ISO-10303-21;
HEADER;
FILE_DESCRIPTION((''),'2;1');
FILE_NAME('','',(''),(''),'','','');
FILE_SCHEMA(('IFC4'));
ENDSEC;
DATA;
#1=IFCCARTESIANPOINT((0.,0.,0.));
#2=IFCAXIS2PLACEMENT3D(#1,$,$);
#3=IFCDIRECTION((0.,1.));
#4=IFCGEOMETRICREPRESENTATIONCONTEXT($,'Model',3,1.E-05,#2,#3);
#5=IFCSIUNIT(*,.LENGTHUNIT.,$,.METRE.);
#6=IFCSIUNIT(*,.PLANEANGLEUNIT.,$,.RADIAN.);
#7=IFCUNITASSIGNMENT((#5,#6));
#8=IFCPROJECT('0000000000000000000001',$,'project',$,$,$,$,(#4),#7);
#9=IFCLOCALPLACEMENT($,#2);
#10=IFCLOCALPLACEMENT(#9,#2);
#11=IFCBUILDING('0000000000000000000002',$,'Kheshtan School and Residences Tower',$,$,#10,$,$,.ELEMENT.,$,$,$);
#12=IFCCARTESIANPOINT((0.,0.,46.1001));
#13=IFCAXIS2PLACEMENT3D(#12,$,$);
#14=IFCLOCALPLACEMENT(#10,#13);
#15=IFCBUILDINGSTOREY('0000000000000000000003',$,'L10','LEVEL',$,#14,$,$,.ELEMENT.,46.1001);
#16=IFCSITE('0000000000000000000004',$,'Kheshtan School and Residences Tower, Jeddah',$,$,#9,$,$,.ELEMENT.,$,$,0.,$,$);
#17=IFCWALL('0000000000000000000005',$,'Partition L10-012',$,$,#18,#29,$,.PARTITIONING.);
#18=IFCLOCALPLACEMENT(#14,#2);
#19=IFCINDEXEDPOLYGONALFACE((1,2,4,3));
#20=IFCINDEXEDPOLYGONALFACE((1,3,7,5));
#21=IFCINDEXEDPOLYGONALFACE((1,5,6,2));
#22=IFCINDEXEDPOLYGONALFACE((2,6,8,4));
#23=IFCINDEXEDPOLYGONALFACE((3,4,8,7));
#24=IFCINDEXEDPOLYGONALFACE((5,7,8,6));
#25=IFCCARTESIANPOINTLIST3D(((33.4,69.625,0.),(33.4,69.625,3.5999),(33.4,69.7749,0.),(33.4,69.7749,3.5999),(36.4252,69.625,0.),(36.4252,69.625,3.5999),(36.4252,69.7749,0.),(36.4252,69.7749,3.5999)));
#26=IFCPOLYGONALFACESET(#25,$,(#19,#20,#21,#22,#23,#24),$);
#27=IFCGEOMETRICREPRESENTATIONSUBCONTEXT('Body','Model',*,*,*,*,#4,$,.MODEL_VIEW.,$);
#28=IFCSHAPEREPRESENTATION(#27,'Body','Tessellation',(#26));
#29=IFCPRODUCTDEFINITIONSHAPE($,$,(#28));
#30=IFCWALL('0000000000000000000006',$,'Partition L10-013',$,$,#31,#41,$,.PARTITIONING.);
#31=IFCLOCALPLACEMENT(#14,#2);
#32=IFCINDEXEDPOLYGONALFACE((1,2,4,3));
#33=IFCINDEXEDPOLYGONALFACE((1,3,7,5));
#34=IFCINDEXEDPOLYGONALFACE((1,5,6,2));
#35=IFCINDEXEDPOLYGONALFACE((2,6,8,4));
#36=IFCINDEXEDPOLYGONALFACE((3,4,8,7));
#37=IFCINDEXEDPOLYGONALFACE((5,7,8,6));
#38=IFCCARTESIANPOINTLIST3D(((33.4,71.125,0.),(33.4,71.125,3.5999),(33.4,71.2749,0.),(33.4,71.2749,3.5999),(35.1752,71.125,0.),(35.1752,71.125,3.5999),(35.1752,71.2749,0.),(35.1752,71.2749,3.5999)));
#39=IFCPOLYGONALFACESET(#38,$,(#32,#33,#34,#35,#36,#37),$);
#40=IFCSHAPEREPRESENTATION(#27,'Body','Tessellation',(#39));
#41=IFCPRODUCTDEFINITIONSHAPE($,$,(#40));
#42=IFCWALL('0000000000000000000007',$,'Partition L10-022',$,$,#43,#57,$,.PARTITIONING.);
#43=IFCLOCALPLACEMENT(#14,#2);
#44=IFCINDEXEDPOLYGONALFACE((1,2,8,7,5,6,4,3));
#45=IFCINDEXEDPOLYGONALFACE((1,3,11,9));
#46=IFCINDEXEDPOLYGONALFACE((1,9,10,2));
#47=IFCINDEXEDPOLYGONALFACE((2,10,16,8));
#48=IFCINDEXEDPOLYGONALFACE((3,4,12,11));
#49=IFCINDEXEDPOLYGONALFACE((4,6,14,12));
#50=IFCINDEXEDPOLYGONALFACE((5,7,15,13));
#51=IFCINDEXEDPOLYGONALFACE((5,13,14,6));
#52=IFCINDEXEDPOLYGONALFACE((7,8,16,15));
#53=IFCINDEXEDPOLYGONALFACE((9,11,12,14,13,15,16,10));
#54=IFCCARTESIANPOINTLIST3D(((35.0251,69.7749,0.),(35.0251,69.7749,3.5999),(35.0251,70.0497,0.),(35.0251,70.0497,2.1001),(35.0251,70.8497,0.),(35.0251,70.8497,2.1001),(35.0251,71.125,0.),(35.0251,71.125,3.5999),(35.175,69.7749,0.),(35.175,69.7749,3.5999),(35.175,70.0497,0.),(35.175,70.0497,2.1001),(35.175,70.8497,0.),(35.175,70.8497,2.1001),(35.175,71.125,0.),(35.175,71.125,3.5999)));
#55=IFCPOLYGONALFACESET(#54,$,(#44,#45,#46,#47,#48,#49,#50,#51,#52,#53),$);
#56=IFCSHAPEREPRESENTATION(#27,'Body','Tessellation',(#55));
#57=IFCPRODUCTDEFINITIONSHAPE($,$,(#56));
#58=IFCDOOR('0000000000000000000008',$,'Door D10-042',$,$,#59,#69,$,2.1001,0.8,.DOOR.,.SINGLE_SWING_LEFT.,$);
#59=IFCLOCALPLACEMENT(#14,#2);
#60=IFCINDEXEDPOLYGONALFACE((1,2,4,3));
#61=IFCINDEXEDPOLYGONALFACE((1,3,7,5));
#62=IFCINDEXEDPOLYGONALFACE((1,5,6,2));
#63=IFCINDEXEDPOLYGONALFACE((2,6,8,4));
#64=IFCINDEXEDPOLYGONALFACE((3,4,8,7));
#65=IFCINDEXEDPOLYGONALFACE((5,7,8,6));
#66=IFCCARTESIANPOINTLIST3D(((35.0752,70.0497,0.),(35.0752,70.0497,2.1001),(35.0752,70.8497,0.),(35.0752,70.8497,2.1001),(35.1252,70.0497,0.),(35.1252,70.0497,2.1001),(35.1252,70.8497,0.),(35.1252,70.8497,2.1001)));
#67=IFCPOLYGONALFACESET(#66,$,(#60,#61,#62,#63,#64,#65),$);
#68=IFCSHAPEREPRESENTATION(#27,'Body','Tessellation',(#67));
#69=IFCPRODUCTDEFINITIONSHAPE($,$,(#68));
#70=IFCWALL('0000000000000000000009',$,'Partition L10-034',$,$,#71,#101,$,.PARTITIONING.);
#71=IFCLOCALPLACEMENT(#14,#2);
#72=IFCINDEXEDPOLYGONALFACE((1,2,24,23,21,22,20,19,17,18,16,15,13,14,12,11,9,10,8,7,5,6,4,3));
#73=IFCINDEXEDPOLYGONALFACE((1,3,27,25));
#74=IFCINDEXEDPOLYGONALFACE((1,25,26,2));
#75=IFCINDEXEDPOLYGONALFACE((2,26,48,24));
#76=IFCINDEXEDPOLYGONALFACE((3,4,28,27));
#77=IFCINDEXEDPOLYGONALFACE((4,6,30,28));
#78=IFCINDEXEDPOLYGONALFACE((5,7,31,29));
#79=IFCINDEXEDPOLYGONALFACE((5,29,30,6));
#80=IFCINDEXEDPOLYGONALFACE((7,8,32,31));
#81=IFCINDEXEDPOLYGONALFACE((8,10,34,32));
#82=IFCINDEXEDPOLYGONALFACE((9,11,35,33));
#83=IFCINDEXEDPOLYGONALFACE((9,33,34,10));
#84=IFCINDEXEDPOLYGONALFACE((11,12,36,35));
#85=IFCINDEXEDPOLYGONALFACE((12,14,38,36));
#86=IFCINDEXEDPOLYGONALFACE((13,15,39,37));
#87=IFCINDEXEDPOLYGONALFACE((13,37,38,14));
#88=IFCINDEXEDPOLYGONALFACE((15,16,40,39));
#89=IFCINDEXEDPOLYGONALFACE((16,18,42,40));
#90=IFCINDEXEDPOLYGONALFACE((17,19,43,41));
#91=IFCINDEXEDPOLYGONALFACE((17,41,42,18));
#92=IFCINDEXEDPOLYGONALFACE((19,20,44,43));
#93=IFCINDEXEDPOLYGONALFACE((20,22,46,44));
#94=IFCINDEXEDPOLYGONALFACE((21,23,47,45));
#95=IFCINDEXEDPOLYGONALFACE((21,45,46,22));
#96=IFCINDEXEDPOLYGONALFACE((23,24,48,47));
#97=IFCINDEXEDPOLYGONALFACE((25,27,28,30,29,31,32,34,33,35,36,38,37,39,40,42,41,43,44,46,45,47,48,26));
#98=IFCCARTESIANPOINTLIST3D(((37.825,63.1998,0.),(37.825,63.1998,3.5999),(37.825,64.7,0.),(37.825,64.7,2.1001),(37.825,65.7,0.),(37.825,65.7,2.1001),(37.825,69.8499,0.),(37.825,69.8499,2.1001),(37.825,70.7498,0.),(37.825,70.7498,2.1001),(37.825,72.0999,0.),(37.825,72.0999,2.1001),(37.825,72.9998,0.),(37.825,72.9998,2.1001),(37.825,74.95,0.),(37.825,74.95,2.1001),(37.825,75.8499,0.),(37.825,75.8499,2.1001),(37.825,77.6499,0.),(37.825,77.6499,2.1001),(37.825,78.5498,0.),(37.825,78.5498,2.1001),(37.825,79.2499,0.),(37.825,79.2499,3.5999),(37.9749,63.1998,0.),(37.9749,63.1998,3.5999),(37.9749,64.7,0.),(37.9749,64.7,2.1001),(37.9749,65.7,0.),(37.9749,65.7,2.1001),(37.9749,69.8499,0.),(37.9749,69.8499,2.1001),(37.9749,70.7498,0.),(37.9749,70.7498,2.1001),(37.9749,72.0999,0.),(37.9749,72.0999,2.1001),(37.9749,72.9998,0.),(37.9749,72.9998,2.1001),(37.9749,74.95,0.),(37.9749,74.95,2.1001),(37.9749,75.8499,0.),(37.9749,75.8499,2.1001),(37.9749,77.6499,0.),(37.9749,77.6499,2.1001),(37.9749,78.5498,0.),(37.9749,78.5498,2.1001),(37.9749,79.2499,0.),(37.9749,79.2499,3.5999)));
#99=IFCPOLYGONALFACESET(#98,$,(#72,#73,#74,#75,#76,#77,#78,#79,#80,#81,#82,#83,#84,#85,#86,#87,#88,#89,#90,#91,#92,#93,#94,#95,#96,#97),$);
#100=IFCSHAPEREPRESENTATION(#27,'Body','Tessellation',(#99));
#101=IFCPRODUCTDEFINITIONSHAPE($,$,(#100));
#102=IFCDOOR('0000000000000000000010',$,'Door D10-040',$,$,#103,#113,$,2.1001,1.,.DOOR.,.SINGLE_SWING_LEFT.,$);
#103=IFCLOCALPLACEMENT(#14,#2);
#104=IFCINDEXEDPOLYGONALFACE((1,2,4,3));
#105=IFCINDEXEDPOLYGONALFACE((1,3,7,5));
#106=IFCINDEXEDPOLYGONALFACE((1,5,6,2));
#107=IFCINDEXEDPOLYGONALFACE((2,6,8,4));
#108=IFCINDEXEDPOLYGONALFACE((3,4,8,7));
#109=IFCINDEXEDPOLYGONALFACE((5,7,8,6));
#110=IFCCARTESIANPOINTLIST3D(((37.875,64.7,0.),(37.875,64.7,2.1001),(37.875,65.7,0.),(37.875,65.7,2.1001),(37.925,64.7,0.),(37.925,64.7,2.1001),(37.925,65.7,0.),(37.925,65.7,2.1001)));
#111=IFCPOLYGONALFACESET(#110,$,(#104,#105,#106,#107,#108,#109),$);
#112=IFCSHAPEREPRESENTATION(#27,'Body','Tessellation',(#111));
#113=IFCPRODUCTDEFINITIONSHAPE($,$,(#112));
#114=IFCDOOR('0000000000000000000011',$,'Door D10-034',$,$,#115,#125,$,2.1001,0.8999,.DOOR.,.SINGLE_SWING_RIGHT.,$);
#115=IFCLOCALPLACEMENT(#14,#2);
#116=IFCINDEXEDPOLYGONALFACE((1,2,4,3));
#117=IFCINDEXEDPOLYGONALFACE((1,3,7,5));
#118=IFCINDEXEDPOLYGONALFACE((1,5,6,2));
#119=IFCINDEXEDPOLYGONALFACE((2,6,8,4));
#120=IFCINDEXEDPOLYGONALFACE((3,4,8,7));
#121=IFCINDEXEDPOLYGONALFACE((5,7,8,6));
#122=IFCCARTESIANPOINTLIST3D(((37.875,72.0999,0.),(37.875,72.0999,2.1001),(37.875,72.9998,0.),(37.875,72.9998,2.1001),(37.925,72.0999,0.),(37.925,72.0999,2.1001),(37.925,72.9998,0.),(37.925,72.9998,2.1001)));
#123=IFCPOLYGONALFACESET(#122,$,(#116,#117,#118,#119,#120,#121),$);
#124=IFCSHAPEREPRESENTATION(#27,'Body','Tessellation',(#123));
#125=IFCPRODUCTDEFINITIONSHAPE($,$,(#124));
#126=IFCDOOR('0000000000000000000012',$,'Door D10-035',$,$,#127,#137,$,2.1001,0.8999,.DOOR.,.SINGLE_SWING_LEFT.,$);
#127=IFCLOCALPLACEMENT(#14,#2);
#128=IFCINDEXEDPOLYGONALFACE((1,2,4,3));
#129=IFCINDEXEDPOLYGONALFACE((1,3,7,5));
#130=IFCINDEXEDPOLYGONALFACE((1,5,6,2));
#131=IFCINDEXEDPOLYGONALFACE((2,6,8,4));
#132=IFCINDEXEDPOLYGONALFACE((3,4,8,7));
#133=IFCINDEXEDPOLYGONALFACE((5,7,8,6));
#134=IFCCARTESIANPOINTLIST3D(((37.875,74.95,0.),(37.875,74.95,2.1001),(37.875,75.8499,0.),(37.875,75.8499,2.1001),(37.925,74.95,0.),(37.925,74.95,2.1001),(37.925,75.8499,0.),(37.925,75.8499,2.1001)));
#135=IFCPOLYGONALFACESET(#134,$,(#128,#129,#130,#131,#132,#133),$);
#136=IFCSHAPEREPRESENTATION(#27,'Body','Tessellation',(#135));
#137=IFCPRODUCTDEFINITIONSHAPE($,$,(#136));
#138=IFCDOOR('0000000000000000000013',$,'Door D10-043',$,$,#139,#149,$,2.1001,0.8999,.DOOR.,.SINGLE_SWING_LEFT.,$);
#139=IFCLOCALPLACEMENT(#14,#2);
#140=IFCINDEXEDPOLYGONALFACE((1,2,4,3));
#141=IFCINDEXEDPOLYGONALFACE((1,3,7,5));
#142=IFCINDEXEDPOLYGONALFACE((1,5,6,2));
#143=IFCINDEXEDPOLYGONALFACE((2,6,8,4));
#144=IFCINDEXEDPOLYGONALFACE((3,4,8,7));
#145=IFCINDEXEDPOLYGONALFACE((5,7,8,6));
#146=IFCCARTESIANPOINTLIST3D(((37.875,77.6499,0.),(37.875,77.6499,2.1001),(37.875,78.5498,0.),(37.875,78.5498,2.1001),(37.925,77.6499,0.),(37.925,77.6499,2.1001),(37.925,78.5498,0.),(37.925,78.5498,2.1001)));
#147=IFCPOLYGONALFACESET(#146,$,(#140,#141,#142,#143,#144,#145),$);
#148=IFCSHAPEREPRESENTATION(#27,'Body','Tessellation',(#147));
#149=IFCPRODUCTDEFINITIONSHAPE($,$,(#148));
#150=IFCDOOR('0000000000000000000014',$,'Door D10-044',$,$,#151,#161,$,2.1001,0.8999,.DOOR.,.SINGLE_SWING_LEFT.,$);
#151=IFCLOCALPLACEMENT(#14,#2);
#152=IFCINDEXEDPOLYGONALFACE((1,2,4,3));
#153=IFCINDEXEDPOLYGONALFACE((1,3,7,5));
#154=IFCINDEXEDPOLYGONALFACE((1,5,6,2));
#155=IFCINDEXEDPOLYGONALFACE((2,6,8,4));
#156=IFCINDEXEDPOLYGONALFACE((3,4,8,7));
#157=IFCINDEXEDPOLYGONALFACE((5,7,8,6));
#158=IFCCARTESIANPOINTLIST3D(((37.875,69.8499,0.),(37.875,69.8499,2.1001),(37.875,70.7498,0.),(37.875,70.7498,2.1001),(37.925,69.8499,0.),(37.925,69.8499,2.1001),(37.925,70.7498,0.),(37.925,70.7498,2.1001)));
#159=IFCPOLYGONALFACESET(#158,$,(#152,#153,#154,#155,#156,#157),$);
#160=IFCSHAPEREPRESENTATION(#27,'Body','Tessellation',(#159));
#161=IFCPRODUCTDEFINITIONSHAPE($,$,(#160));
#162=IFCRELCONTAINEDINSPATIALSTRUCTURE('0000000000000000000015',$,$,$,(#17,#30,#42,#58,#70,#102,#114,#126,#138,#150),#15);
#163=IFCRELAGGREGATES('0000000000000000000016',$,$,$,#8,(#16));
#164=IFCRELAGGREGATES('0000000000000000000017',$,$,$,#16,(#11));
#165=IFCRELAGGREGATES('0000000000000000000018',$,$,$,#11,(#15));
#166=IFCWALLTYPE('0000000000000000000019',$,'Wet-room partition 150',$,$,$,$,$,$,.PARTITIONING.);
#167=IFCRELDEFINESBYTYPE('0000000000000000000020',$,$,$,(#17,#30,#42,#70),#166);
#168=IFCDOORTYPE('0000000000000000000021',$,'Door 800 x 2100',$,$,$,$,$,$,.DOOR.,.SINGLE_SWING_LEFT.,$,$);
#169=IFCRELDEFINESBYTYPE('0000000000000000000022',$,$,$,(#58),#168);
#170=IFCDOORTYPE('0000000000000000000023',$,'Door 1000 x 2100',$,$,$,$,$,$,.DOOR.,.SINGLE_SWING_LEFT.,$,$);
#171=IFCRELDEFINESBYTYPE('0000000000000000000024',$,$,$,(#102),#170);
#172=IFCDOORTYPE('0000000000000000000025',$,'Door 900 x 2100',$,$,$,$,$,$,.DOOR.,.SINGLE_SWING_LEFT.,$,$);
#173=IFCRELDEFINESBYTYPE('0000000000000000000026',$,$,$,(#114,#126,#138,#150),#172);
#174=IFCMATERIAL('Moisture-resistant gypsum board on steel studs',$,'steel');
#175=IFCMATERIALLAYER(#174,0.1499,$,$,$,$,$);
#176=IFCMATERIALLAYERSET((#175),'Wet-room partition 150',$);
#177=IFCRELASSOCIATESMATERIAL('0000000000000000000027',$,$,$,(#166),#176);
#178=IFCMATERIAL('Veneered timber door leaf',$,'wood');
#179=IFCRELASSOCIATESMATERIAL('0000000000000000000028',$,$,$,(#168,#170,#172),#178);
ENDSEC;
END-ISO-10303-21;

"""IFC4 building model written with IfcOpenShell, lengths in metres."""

from ifc_helpers import new_model, si_unit, direction, frame, frame_2d, origin, place, context, subcontext, project, spatial, rectangle, extrude, source, transform, mapped, material, layer, layer_set, type_object, element, fill, save


model = new_model("IFC4")

# Units and contexts
model_context = context("Model", 3, precision=1e-05, world=origin(), true_north=direction((0.0, 1.0)))
body_context = subcontext(model_context, "Body", "Model", "MODEL_VIEW")
ifc_project = project(units=[si_unit("LENGTHUNIT", "METRE"), si_unit("PLANEANGLEUNIT", "RADIAN")], contexts=[model_context])

# Site, building, storey
site_placement = place(None, origin())
site = spatial("IfcSite", under=ifc_project, at=site_placement, Name="Kheshtan School and Residences Tower, Jeddah", CompositionType="ELEMENT", RefElevation=0.0)
building_placement = place(site_placement, origin())
building = spatial("IfcBuilding", under=site, at=building_placement, Name="Kheshtan School and Residences Tower", CompositionType="ELEMENT")
storey_placement = place(building_placement, frame((0.0, 0.0, 46.1001)))
storey = spatial("IfcBuildingStorey", under=building, at=storey_placement, Name="L10", Description="LEVEL", CompositionType="ELEMENT", Elevation=46.1001)

# Walls
ifc_material_1 = material(Name="Moisture-resistant gypsum board on steel studs", Category="steel")
ifc_layer_1 = layer(ifc_material_1, 0.1499)
ifc_layer_set_1 = layer_set([ifc_layer_1], Name="Wet-room partition 150")
wall_type_1 = type_object("IfcWallType", Name="Wet-room partition 150", PredefinedType="PARTITIONING", material=ifc_layer_set_1)
for number, where, z_axis, x_axis, name in (
    (1, (33.3999, 69.7, 0.0), (0.0, 0.0, 1.0), (1.0, 0.0, 0.0), "Partition L10-012"),
):
    element("IfcWall", number, at=place(storey_placement, frame(where, z_axis=z_axis, x_axis=x_axis)), inside=storey, type_object=wall_type_1, Name=name, PredefinedType="PARTITIONING", context=body_context, shape_type="SweptSolid", body=[
        extrude(rectangle(XDim=3.0251, YDim=0.1499, at=frame_2d((1.5127, 0.0))), origin(), (0.0, 0.0, 1.0), 3.5999),
    ])
wall_1_placement = place(storey_placement, frame((33.3999, 71.2, 0.0), z_axis=(0.0, 0.0, 1.0), x_axis=(1.0, 0.0, 0.0)))
element("IfcWall", 2, at=wall_1_placement, inside=storey, type_object=wall_type_1, Name="Partition L10-013", PredefinedType="PARTITIONING", context=body_context, shape_type="SweptSolid", body=[
    extrude(rectangle(XDim=1.7751, YDim=0.1499, at=frame_2d((0.8877, 0.0))), origin(), (0.0, 0.0, 1.0), 3.5999),
])

# Wall, opening, door
wall_2_placement = place(storey_placement, frame((35.1001, 69.7749, 0.0), z_axis=(0.0, 0.0, 1.0), x_axis=(0.0, 1.0, 0.0)))
wall_2 = element("IfcWall", 3, at=wall_2_placement, inside=storey, type_object=wall_type_1, Name="Partition L10-022", PredefinedType="PARTITIONING", context=body_context, shape_type="SweptSolid", body=[
    extrude(rectangle(XDim=1.3501, YDim=0.1499, at=frame_2d((0.675, 0.0))), origin(), (0.0, 0.0, 1.0), 3.5999),
])
opening_1_placement = place(wall_2_placement, frame((0.2749, 0.0, 0.0)))
opening_1 = element("IfcOpeningElement", 4, at=opening_1_placement, cuts=wall_2, PredefinedType="OPENING", context=body_context, shape_type="SweptSolid", body=[
    extrude(rectangle(XDim=0.8, YDim=2.1001, at=frame_2d((0.3999, 1.05))), frame((0.0, 0.085, 0.0), z_axis=(0.0, -1.0, 0.0), x_axis=(1.0, 0.0, 0.0)), (0.0, 0.0, 1.0), 0.1699),
])
ifc_material_2 = material(Name="Veneered timber door leaf", Category="wood")
door_type_1 = type_object("IfcDoorType", Name="Door 800 x 2100", OperationType="SINGLE_SWING_LEFT", PredefinedType="DOOR", material=ifc_material_2)
shared_shape_1 = source(origin(), body_context, "Body", "SweptSolid", [
    extrude(rectangle(XDim=0.8, YDim=2.1001, at=frame_2d((0.3999, 1.05))), frame((0.0, 0.0249, 0.0), z_axis=(0.0, -1.0, 0.0), x_axis=(1.0, 0.0, 0.0)), (0.0, 0.0, 1.0), 0.05),
])
door_1_placement = place(opening_1_placement, origin())
door_1 = element("IfcDoor", 5, at=door_1_placement, inside=storey, type_object=door_type_1, Name="Door D10-042", OperationType="SINGLE_SWING_LEFT", OverallHeight=2.1001, OverallWidth=0.8, PredefinedType="DOOR", context=body_context, shape_type="MappedRepresentation", body=[
    mapped(shared_shape_1, transform((0.0, 0.0, 0.0), x_axis=(1.0, 0.0, 0.0), y_axis=(0.0, 1.0, 0.0), z_axis=(0.0, 0.0, 1.0), scale=1.0)),
])
fill(opening_1, door_1)

# Wall, openings, doors
wall_3_placement = place(storey_placement, frame((37.8999, 63.2, 0.0), z_axis=(0.0, 0.0, 1.0), x_axis=(0.0, 1.0, 0.0)))
wall_3 = element("IfcWall", 6, at=wall_3_placement, inside=storey, type_object=wall_type_1, Name="Partition L10-034", PredefinedType="PARTITIONING", context=body_context, shape_type="SweptSolid", body=[
    extrude(rectangle(XDim=16.05, YDim=0.1499, at=frame_2d((8.0249, 0.0))), origin(), (0.0, 0.0, 1.0), 3.5999),
])
opening_2_placement = place(wall_3_placement, frame((8.8999, 0.0, 0.0)))
opening_2 = element("IfcOpeningElement", 7, at=opening_2_placement, cuts=wall_3, PredefinedType="OPENING", context=body_context, shape_type="SweptSolid", body=[
    extrude(rectangle(XDim=0.8999, YDim=2.1001, at=frame_2d((0.45, 1.05))), frame((0.0, 0.085, 0.0), z_axis=(0.0, -1.0, 0.0), x_axis=(1.0, 0.0, 0.0)), (0.0, 0.0, 1.0), 0.1699),
])
opening_3_placement = place(wall_3_placement, frame((11.75, 0.0, 0.0)))
opening_3 = element("IfcOpeningElement", 8, at=opening_3_placement, cuts=wall_3, PredefinedType="OPENING", context=body_context, shape_type="SweptSolid", body=[
    extrude(rectangle(XDim=0.8999, YDim=2.1001, at=frame_2d((0.45, 1.05))), frame((0.0, 0.085, 0.0), z_axis=(0.0, -1.0, 0.0), x_axis=(1.0, 0.0, 0.0)), (0.0, 0.0, 1.0), 0.1699),
])
opening_4_placement = place(wall_3_placement, frame((1.5, 0.0, 0.0)))
opening_4 = element("IfcOpeningElement", 9, at=opening_4_placement, cuts=wall_3, PredefinedType="OPENING", context=body_context, shape_type="SweptSolid", body=[
    extrude(rectangle(XDim=1.0, YDim=2.1001, at=frame_2d((0.5, 1.05))), frame((0.0, 0.085, 0.0), z_axis=(0.0, -1.0, 0.0), x_axis=(1.0, 0.0, 0.0)), (0.0, 0.0, 1.0), 0.1699),
])
opening_5_placement = place(wall_3_placement, frame((14.45, 0.0, 0.0)))
opening_5 = element("IfcOpeningElement", 10, at=opening_5_placement, cuts=wall_3, PredefinedType="OPENING", context=body_context, shape_type="SweptSolid", body=[
    extrude(rectangle(XDim=0.8999, YDim=2.1001, at=frame_2d((0.45, 1.05))), frame((0.0, 0.085, 0.0), z_axis=(0.0, -1.0, 0.0), x_axis=(1.0, 0.0, 0.0)), (0.0, 0.0, 1.0), 0.1699),
])
opening_6_placement = place(wall_3_placement, frame((6.6499, 0.0, 0.0)))
opening_6 = element("IfcOpeningElement", 11, at=opening_6_placement, cuts=wall_3, PredefinedType="OPENING", context=body_context, shape_type="SweptSolid", body=[
    extrude(rectangle(XDim=0.8999, YDim=2.1001, at=frame_2d((0.45, 1.05))), frame((0.0, 0.085, 0.0), z_axis=(0.0, -1.0, 0.0), x_axis=(1.0, 0.0, 0.0)), (0.0, 0.0, 1.0), 0.1699),
])
door_type_2 = type_object("IfcDoorType", Name="Door 1000 x 2100", OperationType="SINGLE_SWING_LEFT", PredefinedType="DOOR", material=ifc_material_2)
shared_shape_2 = source(origin(), body_context, "Body", "SweptSolid", [
    extrude(rectangle(XDim=1.0, YDim=2.1001, at=frame_2d((0.5, 1.05))), frame((0.0, 0.0249, 0.0), z_axis=(0.0, -1.0, 0.0), x_axis=(1.0, 0.0, 0.0)), (0.0, 0.0, 1.0), 0.05),
])
door_2_placement = place(opening_4_placement, origin())
door_2 = element("IfcDoor", 12, at=door_2_placement, inside=storey, type_object=door_type_2, Name="Door D10-040", OperationType="SINGLE_SWING_LEFT", OverallHeight=2.1001, OverallWidth=1.0, PredefinedType="DOOR", context=body_context, shape_type="MappedRepresentation", body=[
    mapped(shared_shape_2, transform((0.0, 0.0, 0.0), x_axis=(1.0, 0.0, 0.0), y_axis=(0.0, 1.0, 0.0), z_axis=(0.0, 0.0, 1.0), scale=1.0)),
])
fill(opening_4, door_2)
door_type_3 = type_object("IfcDoorType", Name="Door 900 x 2100", OperationType="SINGLE_SWING_LEFT", PredefinedType="DOOR", material=ifc_material_2)
shared_shape_3 = source(origin(), body_context, "Body", "SweptSolid", [
    extrude(rectangle(XDim=0.8999, YDim=2.1001, at=frame_2d((0.45, 1.05))), frame((0.0, 0.0249, 0.0), z_axis=(0.0, -1.0, 0.0), x_axis=(1.0, 0.0, 0.0)), (0.0, 0.0, 1.0), 0.05),
])
door_3_placement = place(opening_2_placement, origin())
door_3 = element("IfcDoor", 13, at=door_3_placement, inside=storey, type_object=door_type_3, Name="Door D10-034", OperationType="SINGLE_SWING_RIGHT", OverallHeight=2.1001, OverallWidth=0.8999, PredefinedType="DOOR", context=body_context, shape_type="MappedRepresentation", body=[
    mapped(shared_shape_3, transform((0.0, 0.0, 0.0), x_axis=(1.0, 0.0, 0.0), y_axis=(0.0, 1.0, 0.0), z_axis=(0.0, 0.0, 1.0), scale=1.0)),
])
fill(opening_2, door_3)
door_4_placement = place(opening_3_placement, origin())
door_4 = element("IfcDoor", 14, at=door_4_placement, inside=storey, type_object=door_type_3, Name="Door D10-035", OperationType="SINGLE_SWING_LEFT", OverallHeight=2.1001, OverallWidth=0.8999, PredefinedType="DOOR", context=body_context, shape_type="MappedRepresentation", body=[
    mapped(shared_shape_3, transform((0.0, 0.0, 0.0), x_axis=(1.0, 0.0, 0.0), y_axis=(0.0, 1.0, 0.0), z_axis=(0.0, 0.0, 1.0), scale=1.0)),
])
fill(opening_3, door_4)
door_5_placement = place(opening_5_placement, origin())
door_5 = element("IfcDoor", 15, at=door_5_placement, inside=storey, type_object=door_type_3, Name="Door D10-043", OperationType="SINGLE_SWING_LEFT", OverallHeight=2.1001, OverallWidth=0.8999, PredefinedType="DOOR", context=body_context, shape_type="MappedRepresentation", body=[
    mapped(shared_shape_3, transform((0.0, 0.0, 0.0), x_axis=(1.0, 0.0, 0.0), y_axis=(0.0, 1.0, 0.0), z_axis=(0.0, 0.0, 1.0), scale=1.0)),
])
fill(opening_5, door_5)
door_6_placement = place(opening_6_placement, origin())
door_6 = element("IfcDoor", 16, at=door_6_placement, inside=storey, type_object=door_type_3, Name="Door D10-044", OperationType="SINGLE_SWING_LEFT", OverallHeight=2.1001, OverallWidth=0.8999, PredefinedType="DOOR", context=body_context, shape_type="MappedRepresentation", body=[
    mapped(shared_shape_3, transform((0.0, 0.0, 0.0), x_axis=(1.0, 0.0, 0.0), y_axis=(0.0, 1.0, 0.0), z_axis=(0.0, 0.0, 1.0), scale=1.0)),
])
fill(opening_6, door_6)

save(model, "model.ifc")
